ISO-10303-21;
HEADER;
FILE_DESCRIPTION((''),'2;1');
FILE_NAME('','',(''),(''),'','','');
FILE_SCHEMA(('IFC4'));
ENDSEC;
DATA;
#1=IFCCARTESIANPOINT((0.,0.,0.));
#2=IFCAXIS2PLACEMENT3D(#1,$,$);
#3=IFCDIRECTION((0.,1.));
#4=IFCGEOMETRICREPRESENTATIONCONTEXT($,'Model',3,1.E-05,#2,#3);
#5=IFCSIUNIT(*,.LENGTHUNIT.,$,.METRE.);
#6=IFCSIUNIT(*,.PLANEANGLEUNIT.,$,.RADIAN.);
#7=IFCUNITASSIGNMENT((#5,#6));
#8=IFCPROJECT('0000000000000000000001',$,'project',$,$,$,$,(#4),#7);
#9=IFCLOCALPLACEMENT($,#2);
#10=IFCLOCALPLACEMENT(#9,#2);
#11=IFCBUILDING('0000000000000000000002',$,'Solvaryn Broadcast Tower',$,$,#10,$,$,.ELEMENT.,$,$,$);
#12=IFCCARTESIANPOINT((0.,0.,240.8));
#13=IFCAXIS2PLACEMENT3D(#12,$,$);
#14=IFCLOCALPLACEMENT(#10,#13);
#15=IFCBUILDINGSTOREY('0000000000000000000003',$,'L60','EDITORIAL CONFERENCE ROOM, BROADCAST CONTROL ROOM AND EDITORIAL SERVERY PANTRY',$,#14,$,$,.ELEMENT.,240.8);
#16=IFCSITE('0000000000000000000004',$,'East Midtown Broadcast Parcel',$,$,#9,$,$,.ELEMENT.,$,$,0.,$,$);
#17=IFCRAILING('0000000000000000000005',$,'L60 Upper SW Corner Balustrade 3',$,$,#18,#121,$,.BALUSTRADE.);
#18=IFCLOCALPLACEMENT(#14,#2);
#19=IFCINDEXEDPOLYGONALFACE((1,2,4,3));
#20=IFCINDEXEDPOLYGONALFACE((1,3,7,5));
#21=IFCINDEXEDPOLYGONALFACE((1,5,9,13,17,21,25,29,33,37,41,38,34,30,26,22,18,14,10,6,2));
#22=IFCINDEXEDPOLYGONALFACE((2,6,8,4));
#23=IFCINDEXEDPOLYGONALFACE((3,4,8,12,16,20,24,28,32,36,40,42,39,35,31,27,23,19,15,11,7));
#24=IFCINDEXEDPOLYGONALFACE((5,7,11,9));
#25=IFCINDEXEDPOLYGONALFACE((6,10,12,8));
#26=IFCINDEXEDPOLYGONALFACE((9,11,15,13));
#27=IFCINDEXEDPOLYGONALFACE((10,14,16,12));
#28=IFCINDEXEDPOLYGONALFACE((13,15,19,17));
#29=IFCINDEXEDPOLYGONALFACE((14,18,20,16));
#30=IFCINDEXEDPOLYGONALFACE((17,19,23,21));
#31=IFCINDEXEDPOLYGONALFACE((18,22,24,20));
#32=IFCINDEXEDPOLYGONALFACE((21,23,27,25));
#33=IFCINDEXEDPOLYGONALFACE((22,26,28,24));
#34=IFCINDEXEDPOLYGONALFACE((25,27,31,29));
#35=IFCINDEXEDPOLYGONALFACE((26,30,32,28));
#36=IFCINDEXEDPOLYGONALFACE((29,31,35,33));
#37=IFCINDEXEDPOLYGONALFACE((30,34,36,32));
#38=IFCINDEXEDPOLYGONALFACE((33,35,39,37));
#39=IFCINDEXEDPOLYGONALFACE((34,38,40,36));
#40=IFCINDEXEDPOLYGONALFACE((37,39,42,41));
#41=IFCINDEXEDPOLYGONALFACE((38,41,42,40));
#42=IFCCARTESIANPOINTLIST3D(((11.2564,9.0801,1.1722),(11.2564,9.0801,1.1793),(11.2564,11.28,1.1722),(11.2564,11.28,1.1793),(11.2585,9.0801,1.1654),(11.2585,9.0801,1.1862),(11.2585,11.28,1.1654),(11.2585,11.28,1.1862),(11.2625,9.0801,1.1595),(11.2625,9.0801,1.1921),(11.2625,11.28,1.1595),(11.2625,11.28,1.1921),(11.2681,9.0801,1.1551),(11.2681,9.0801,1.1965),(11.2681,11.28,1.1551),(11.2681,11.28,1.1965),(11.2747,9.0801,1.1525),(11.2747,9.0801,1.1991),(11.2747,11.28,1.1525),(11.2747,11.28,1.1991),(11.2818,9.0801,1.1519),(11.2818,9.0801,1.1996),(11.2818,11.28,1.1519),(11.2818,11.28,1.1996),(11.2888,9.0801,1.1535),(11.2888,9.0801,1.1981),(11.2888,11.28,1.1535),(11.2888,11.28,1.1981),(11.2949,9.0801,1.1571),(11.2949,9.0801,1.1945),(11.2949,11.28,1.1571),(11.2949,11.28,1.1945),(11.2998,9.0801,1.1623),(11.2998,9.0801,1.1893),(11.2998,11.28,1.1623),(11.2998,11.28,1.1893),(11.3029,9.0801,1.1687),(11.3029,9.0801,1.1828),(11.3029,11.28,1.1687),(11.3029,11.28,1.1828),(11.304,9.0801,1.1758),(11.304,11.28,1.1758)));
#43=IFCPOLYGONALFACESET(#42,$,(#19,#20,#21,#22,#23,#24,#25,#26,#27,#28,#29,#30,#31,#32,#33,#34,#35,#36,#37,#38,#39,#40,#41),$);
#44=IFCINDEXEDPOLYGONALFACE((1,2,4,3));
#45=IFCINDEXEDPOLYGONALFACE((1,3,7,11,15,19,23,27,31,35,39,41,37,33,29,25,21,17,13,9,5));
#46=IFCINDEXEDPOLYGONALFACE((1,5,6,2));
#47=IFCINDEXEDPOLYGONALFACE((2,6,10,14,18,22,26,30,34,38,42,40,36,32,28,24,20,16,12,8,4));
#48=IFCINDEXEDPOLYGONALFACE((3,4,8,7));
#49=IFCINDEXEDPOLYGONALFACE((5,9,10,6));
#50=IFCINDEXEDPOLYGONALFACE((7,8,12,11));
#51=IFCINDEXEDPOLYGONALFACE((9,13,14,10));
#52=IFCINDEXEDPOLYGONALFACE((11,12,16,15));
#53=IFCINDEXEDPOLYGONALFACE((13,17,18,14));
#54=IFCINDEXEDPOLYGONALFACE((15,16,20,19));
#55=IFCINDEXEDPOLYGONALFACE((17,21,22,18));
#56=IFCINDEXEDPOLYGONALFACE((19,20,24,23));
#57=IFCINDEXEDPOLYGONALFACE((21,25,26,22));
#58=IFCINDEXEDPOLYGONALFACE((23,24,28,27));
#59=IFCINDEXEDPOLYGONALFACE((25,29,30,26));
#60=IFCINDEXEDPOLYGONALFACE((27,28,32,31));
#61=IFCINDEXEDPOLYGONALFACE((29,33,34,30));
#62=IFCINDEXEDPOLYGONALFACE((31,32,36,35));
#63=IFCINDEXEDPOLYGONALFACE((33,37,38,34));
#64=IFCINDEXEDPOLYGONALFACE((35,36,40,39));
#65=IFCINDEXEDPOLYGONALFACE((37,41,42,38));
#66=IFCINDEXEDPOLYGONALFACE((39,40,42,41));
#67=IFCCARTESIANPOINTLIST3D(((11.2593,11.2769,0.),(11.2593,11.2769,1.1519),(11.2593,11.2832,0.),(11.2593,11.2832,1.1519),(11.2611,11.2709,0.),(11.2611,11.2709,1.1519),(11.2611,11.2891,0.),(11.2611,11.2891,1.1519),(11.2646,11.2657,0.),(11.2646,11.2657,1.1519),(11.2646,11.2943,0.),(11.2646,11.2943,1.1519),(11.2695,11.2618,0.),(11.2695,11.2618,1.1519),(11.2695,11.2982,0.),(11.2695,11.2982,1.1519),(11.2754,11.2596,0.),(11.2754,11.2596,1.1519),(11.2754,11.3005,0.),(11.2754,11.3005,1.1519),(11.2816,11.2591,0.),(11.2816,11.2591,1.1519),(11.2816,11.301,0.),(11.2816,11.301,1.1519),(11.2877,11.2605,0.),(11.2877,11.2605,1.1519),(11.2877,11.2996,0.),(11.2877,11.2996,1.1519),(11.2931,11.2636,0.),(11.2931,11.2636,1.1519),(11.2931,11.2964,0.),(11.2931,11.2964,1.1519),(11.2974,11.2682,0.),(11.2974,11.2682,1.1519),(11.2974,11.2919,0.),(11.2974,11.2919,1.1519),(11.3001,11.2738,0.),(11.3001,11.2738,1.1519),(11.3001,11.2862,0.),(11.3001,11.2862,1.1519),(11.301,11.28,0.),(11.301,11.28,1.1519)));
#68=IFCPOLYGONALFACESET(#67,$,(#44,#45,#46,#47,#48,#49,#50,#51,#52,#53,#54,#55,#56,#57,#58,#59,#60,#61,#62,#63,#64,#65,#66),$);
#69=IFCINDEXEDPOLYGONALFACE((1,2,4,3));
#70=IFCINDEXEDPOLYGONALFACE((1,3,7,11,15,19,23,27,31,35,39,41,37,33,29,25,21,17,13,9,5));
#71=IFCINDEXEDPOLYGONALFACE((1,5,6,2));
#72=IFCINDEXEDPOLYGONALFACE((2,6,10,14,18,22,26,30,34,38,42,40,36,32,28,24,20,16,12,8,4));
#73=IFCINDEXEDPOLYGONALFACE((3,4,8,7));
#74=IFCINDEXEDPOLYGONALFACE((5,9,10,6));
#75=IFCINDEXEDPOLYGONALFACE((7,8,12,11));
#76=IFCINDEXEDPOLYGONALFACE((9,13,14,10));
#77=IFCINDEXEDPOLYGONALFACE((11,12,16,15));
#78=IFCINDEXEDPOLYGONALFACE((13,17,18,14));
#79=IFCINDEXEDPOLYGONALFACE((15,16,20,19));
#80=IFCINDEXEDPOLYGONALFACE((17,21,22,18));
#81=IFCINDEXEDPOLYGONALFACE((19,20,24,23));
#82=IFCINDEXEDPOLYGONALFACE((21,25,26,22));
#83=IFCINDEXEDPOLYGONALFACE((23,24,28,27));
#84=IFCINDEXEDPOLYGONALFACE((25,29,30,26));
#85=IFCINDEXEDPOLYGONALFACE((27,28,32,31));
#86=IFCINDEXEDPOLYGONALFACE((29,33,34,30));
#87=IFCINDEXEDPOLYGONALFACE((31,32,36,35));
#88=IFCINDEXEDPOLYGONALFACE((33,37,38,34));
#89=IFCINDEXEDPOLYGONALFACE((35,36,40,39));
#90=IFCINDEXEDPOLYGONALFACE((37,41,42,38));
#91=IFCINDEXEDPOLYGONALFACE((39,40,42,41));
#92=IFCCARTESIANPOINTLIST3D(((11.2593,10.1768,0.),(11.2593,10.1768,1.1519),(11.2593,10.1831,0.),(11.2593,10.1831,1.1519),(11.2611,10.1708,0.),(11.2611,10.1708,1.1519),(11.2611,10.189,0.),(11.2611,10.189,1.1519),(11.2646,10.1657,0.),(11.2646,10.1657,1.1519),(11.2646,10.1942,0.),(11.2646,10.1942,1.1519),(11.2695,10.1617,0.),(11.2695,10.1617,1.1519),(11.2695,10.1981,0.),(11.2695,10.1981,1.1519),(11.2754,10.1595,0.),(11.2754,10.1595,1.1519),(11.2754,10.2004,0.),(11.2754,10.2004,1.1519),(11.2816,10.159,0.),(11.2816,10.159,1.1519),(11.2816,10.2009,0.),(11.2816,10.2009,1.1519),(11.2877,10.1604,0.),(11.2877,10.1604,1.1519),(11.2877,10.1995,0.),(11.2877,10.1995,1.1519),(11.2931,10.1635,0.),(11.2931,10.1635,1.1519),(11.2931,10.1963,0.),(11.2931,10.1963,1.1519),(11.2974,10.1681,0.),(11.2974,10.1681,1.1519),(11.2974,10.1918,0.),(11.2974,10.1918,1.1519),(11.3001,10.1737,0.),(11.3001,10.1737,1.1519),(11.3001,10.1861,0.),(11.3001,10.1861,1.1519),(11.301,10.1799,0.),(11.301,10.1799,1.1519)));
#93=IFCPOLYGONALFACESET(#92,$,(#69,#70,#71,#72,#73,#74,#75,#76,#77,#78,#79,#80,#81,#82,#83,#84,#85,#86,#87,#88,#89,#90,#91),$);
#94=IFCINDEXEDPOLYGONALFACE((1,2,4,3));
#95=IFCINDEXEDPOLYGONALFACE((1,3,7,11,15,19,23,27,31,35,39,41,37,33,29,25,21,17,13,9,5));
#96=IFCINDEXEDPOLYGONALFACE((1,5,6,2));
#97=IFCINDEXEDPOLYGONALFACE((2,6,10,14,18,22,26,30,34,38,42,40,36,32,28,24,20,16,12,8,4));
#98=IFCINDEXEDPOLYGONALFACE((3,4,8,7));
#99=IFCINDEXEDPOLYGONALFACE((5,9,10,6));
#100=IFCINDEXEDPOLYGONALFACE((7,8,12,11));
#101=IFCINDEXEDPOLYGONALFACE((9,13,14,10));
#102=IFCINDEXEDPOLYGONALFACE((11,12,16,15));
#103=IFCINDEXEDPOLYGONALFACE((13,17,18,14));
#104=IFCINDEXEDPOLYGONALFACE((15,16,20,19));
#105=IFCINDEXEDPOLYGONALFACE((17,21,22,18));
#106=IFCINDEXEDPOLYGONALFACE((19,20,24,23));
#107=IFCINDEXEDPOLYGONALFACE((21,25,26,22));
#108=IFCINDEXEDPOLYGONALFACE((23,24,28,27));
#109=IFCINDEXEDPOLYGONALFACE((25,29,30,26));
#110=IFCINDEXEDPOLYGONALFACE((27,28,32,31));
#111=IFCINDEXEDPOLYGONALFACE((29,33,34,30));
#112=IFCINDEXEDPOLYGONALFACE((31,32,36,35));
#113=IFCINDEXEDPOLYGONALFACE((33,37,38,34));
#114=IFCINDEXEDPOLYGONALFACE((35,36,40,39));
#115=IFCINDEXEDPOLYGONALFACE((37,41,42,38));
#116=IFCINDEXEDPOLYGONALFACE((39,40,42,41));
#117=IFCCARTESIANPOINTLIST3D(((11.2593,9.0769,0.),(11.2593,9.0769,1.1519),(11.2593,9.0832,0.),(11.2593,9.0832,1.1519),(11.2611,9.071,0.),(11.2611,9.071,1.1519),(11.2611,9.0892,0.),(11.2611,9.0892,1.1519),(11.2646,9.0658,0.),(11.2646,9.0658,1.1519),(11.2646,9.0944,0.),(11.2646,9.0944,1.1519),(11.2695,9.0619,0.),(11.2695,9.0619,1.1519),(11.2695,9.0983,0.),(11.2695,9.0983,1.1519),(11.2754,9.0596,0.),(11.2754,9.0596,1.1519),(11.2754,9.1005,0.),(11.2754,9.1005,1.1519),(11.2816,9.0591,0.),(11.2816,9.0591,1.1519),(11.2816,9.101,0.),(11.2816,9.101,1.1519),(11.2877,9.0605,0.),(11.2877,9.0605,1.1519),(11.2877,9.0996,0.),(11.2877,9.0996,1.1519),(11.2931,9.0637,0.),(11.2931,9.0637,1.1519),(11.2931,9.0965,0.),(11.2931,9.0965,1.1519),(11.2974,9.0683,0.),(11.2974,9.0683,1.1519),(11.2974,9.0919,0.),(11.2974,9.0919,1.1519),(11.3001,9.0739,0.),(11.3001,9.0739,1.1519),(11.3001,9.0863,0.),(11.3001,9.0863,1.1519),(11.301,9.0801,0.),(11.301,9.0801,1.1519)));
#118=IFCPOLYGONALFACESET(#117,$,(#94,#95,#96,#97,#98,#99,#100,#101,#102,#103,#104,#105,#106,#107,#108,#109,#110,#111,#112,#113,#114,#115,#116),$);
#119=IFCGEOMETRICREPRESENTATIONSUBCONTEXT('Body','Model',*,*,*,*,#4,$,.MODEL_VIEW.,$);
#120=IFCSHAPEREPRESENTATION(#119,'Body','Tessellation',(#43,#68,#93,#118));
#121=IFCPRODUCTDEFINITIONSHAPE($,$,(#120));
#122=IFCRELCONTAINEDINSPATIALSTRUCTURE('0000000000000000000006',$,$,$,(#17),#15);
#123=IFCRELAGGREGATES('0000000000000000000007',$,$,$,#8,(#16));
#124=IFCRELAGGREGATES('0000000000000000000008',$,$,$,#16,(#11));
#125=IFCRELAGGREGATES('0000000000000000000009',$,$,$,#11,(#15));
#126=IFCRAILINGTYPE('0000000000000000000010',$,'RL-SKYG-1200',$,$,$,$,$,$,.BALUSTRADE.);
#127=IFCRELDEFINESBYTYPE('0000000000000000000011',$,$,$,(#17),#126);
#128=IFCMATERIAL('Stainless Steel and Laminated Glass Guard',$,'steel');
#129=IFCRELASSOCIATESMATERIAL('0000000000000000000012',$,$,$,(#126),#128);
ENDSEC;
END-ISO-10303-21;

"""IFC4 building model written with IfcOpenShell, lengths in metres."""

from ifc_helpers import new_model, si_unit, direction, frame, origin, origin_2d, place, context, subcontext, project, spatial, circle, extrude, material, type_object, element, save


model = new_model("IFC4")

# Units and contexts
model_context = context("Model", 3, precision=1e-05, world=origin(), true_north=direction((0.0, 1.0)))
body_context = subcontext(model_context, "Body", "Model", "MODEL_VIEW")
ifc_project = project(units=[si_unit("LENGTHUNIT", "METRE"), si_unit("PLANEANGLEUNIT", "RADIAN")], contexts=[model_context])

# Site, building, storey
site_placement = place(None, origin())
site = spatial("IfcSite", under=ifc_project, at=site_placement, Name="East Midtown Broadcast Parcel", CompositionType="ELEMENT", RefElevation=0.0)
building_placement = place(site_placement, origin())
building = spatial("IfcBuilding", under=site, at=building_placement, Name="Solvaryn Broadcast Tower", CompositionType="ELEMENT")
storey_placement = place(building_placement, frame((0.0, 0.0, 240.8)))
storey = spatial("IfcBuildingStorey", under=building, at=storey_placement, Name="L60", Description="EDITORIAL CONFERENCE ROOM, BROADCAST CONTROL ROOM AND EDITORIAL SERVERY PANTRY", CompositionType="ELEMENT", Elevation=240.8)

# Railing
ifc_material_1 = material(Name="Stainless Steel and Laminated Glass Guard", Category="steel")
railing_type = type_object("IfcRailingType", Name="RL-SKYG-1200", PredefinedType="BALUSTRADE", material=ifc_material_1)
railing_1_placement = place(storey_placement, frame((11.28, 11.28, 0.0)))
element("IfcRailing", 1, at=railing_1_placement, inside=storey, type_object=railing_type, Name="L60 Upper SW Corner Balustrade 3", PredefinedType="BALUSTRADE", context=body_context, shape_type="SweptSolid", body=[
    extrude(circle(Radius=0.0239, at=origin_2d()), frame((0.0, 0.0, 1.1758), z_axis=(0.0, -1.0, 0.0), x_axis=(1.0, 0.0, 0.0)), (0.0, 0.0, 1.0), 2.2),
    extrude(circle(Radius=0.021, at=origin_2d()), origin(), (0.0, 0.0, 1.0), 1.1519),
    extrude(circle(Radius=0.021, at=origin_2d()), frame((0.0, -1.1001, 0.0)), (0.0, 0.0, 1.0), 1.1519),
    extrude(circle(Radius=0.021, at=origin_2d()), frame((0.0, -2.2, 0.0)), (0.0, 0.0, 1.0), 1.1519),
])

save(model, "model.ifc")
